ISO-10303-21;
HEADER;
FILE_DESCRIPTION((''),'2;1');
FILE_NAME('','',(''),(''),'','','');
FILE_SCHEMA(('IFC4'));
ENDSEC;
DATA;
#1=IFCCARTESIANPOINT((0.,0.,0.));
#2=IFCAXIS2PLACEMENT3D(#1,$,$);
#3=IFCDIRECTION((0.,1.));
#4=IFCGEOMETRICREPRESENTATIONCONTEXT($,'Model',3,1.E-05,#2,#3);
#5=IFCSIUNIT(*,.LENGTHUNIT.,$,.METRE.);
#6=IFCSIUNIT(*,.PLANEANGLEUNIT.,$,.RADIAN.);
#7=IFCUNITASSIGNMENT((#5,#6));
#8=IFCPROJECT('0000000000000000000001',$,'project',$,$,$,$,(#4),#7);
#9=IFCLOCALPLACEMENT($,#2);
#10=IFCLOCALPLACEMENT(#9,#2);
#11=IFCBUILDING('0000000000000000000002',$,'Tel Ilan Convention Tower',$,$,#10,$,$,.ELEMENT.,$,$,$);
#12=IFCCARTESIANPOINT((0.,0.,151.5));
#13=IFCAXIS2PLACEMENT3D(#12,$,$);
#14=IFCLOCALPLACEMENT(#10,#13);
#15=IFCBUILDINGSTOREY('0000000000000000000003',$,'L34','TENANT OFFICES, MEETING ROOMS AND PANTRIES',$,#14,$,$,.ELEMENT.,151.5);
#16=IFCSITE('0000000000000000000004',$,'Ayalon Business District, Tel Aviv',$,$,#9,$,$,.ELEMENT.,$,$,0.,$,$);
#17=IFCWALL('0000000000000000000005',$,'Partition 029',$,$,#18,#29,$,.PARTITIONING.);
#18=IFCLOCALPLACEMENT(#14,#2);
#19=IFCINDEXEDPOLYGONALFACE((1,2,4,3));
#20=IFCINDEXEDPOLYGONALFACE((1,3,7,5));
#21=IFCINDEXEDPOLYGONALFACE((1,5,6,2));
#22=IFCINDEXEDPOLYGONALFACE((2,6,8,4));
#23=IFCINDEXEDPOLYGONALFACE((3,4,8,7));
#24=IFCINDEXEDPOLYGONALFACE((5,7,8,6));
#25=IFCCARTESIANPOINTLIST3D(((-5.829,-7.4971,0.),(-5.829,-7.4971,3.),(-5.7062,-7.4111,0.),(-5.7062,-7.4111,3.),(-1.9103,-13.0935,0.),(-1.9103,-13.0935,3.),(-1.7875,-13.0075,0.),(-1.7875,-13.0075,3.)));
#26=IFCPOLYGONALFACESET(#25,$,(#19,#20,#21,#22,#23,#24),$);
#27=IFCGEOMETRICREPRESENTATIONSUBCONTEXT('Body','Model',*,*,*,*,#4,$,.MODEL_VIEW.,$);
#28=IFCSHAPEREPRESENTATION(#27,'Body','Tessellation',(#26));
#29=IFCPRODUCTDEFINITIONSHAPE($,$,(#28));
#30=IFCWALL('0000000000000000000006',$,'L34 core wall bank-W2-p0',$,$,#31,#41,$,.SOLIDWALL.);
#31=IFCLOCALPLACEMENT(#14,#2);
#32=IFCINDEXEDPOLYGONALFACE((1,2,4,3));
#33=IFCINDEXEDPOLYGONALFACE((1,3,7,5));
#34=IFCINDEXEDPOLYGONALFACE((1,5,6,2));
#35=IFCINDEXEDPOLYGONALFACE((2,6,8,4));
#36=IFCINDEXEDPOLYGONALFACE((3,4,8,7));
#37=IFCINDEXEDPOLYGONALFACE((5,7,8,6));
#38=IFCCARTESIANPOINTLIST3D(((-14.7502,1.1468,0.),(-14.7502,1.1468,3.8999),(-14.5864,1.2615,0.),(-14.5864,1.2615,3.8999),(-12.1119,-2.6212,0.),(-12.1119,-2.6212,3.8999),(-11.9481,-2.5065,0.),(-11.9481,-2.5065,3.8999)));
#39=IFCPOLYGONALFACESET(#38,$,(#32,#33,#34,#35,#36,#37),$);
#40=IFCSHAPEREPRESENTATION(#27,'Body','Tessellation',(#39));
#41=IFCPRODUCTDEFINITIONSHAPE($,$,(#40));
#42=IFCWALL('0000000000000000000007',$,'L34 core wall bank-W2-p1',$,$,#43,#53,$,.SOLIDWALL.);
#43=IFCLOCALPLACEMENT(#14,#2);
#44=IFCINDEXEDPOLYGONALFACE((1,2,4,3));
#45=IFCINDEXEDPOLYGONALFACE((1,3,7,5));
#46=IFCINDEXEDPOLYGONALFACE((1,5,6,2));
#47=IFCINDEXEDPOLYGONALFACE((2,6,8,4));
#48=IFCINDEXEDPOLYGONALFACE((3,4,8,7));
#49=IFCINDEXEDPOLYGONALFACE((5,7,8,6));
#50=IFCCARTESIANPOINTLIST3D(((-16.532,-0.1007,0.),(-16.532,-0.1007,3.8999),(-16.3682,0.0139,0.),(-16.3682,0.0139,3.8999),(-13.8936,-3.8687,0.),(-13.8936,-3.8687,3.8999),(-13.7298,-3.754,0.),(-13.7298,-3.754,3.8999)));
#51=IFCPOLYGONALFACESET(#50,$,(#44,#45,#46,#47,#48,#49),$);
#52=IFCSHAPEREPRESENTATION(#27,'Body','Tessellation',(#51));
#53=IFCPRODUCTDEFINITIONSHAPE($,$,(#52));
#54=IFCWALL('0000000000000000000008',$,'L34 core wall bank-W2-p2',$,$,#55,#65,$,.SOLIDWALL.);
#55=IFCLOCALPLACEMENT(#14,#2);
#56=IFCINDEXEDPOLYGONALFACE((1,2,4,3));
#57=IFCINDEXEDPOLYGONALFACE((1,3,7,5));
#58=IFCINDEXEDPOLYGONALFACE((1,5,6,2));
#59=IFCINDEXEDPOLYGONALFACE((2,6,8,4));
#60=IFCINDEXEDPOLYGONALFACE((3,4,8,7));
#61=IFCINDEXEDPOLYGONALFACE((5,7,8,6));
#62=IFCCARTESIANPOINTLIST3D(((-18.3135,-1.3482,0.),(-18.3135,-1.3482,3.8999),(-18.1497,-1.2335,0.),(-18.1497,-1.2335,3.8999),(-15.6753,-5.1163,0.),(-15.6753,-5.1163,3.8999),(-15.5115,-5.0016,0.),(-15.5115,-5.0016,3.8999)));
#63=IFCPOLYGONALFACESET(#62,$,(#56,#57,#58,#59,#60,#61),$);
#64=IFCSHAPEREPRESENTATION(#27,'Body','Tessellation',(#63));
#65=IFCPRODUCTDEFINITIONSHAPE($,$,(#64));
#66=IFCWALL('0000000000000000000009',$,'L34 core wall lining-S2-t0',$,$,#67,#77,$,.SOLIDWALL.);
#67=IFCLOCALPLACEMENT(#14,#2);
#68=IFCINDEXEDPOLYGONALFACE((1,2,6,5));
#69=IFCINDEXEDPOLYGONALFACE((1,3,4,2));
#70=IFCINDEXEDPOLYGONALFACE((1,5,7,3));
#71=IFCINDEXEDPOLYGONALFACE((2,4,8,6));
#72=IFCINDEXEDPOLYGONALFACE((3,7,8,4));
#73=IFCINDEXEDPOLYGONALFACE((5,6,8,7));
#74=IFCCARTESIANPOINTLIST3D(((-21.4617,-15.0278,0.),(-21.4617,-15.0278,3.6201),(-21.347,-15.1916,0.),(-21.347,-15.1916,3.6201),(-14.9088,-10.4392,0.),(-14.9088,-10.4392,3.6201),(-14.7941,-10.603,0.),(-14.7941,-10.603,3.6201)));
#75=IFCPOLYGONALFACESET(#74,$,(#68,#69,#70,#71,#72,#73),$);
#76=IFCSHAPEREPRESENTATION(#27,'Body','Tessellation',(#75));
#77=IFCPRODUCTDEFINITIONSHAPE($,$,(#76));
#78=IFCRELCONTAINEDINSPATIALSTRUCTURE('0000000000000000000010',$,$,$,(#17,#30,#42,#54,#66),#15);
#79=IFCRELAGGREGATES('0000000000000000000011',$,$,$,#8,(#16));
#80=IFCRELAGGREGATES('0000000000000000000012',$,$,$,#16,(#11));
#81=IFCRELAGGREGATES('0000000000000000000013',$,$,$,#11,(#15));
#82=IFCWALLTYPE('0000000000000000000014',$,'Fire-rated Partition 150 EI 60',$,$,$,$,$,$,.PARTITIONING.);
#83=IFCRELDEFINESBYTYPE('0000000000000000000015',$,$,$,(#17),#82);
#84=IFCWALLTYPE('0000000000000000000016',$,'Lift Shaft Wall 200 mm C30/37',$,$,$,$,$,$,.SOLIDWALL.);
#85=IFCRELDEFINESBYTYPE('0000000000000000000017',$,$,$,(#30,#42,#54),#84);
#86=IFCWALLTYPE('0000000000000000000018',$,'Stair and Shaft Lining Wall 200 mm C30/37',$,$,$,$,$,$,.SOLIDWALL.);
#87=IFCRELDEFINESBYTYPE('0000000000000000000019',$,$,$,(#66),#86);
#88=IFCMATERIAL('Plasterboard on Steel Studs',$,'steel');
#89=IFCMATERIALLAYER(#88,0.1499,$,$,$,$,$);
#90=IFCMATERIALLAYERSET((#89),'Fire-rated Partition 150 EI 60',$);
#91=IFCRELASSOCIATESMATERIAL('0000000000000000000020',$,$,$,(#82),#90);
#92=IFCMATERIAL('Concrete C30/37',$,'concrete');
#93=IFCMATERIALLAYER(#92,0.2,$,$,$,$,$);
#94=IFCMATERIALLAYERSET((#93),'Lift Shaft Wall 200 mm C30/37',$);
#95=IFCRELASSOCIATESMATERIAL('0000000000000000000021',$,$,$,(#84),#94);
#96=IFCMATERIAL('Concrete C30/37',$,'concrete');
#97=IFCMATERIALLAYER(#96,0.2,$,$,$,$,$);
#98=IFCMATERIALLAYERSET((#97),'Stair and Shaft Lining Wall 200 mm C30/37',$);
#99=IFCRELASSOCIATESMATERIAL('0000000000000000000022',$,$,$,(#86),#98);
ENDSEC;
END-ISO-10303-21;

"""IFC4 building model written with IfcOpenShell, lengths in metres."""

from ifc_helpers import new_model, si_unit, direction, frame, frame_2d, origin, place, context, subcontext, project, spatial, rectangle, extrude, material, layer, layer_set, type_object, element, save


model = new_model("IFC4")

# Units and contexts
model_context = context("Model", 3, precision=1e-05, world=origin(), true_north=direction((0.0, 1.0)))
body_context = subcontext(model_context, "Body", "Model", "MODEL_VIEW")
ifc_project = project(units=[si_unit("LENGTHUNIT", "METRE"), si_unit("PLANEANGLEUNIT", "RADIAN")], contexts=[model_context])

# Site, building, storey
site_placement = place(None, origin())
site = spatial("IfcSite", under=ifc_project, at=site_placement, Name="Ayalon Business District, Tel Aviv", CompositionType="ELEMENT", RefElevation=0.0)
building_placement = place(site_placement, origin())
building = spatial("IfcBuilding", under=site, at=building_placement, Name="Tel Ilan Convention Tower", CompositionType="ELEMENT")
storey_placement = place(building_placement, frame((0.0, 0.0, 151.5)))
storey = spatial("IfcBuildingStorey", under=building, at=storey_placement, Name="L34", Description="TENANT OFFICES, MEETING ROOMS AND PANTRIES", CompositionType="ELEMENT", Elevation=151.5)

# Shared definitions
ifc_material_1 = material(Name="Plasterboard on Steel Studs", Category="steel")
ifc_layer_1 = layer(ifc_material_1, 0.1499)
ifc_layer_set_1 = layer_set([ifc_layer_1], Name="Fire-rated Partition 150 EI 60")
wall_type_1 = type_object("IfcWallType", Name="Fire-rated Partition 150 EI 60", PredefinedType="PARTITIONING", material=ifc_layer_set_1)

# Walls
wall_1_placement = place(storey_placement, frame((-1.8489, -13.0505, 0.0), z_axis=(0.0, 0.0, 1.0), x_axis=(-0.57358, 0.81915, 0.0)))
element("IfcWall", 1, at=wall_1_placement, inside=storey, type_object=wall_type_1, Name="Partition 029", PredefinedType="PARTITIONING", context=body_context, shape_type="SweptSolid", body=[
    extrude(rectangle(XDim=6.832, YDim=0.1499, at=frame_2d((3.416, 0.0))), origin(), (0.0, 0.0, 1.0), 3.0),
])
ifc_material_2 = material(Name="Concrete C30/37", Category="concrete")
ifc_layer_2 = layer(ifc_material_2, 0.2)
ifc_layer_set_2 = layer_set([ifc_layer_2], Name="Lift Shaft Wall 200 mm C30/37")
wall_type_2 = type_object("IfcWallType", Name="Lift Shaft Wall 200 mm C30/37", PredefinedType="SOLIDWALL", material=ifc_layer_set_2)
for number, where, z_axis, x_axis, name in (
    (2, (-12.03, -2.5637, 0.0), (0.0, 0.0, 1.0), (-0.573576, 0.819152, 0.0), "L34 core wall bank-W2-p0"),
    (3, (-13.8118, -3.8113, 0.0), (0.0, 0.0, 1.0), (-0.573576, 0.819152, 0.0), "L34 core wall bank-W2-p1"),
    (4, (-15.5935, -5.0588, 0.0), (0.0, 0.0, 1.0), (-0.573541, 0.819177, 0.0), "L34 core wall bank-W2-p2"),
):
    element("IfcWall", number, at=place(storey_placement, frame(where, z_axis=z_axis, x_axis=x_axis)), inside=storey, type_object=wall_type_2, Name=name, PredefinedType="SOLIDWALL", context=body_context, shape_type="SweptSolid", body=[
        extrude(rectangle(XDim=4.5999, YDim=0.2, at=frame_2d((2.2998, 0.0))), origin(), (0.0, 0.0, 1.0), 3.8999),
    ])
ifc_material_3 = material(Name="Concrete C30/37", Category="concrete")
ifc_layer_3 = layer(ifc_material_3, 0.2)
ifc_layer_set_3 = layer_set([ifc_layer_3], Name="Stair and Shaft Lining Wall 200 mm C30/37")
wall_type_3 = type_object("IfcWallType", Name="Stair and Shaft Lining Wall 200 mm C30/37", PredefinedType="SOLIDWALL", material=ifc_layer_set_3)
wall_2_placement = place(storey_placement, frame((-14.8513, -10.521, 0.0), z_axis=(0.0, 0.0, 1.0), x_axis=(-0.819142, -0.573591, 0.0)))
element("IfcWall", 5, at=wall_2_placement, inside=storey, type_object=wall_type_3, Name="L34 core wall lining-S2-t0", PredefinedType="SOLIDWALL", context=body_context, shape_type="SweptSolid", body=[
    extrude(rectangle(XDim=7.9998, YDim=0.2, at=frame_2d((4.0, 0.0))), origin(), (0.0, 0.0, 1.0), 3.6201),
])

save(model, "model.ifc")
